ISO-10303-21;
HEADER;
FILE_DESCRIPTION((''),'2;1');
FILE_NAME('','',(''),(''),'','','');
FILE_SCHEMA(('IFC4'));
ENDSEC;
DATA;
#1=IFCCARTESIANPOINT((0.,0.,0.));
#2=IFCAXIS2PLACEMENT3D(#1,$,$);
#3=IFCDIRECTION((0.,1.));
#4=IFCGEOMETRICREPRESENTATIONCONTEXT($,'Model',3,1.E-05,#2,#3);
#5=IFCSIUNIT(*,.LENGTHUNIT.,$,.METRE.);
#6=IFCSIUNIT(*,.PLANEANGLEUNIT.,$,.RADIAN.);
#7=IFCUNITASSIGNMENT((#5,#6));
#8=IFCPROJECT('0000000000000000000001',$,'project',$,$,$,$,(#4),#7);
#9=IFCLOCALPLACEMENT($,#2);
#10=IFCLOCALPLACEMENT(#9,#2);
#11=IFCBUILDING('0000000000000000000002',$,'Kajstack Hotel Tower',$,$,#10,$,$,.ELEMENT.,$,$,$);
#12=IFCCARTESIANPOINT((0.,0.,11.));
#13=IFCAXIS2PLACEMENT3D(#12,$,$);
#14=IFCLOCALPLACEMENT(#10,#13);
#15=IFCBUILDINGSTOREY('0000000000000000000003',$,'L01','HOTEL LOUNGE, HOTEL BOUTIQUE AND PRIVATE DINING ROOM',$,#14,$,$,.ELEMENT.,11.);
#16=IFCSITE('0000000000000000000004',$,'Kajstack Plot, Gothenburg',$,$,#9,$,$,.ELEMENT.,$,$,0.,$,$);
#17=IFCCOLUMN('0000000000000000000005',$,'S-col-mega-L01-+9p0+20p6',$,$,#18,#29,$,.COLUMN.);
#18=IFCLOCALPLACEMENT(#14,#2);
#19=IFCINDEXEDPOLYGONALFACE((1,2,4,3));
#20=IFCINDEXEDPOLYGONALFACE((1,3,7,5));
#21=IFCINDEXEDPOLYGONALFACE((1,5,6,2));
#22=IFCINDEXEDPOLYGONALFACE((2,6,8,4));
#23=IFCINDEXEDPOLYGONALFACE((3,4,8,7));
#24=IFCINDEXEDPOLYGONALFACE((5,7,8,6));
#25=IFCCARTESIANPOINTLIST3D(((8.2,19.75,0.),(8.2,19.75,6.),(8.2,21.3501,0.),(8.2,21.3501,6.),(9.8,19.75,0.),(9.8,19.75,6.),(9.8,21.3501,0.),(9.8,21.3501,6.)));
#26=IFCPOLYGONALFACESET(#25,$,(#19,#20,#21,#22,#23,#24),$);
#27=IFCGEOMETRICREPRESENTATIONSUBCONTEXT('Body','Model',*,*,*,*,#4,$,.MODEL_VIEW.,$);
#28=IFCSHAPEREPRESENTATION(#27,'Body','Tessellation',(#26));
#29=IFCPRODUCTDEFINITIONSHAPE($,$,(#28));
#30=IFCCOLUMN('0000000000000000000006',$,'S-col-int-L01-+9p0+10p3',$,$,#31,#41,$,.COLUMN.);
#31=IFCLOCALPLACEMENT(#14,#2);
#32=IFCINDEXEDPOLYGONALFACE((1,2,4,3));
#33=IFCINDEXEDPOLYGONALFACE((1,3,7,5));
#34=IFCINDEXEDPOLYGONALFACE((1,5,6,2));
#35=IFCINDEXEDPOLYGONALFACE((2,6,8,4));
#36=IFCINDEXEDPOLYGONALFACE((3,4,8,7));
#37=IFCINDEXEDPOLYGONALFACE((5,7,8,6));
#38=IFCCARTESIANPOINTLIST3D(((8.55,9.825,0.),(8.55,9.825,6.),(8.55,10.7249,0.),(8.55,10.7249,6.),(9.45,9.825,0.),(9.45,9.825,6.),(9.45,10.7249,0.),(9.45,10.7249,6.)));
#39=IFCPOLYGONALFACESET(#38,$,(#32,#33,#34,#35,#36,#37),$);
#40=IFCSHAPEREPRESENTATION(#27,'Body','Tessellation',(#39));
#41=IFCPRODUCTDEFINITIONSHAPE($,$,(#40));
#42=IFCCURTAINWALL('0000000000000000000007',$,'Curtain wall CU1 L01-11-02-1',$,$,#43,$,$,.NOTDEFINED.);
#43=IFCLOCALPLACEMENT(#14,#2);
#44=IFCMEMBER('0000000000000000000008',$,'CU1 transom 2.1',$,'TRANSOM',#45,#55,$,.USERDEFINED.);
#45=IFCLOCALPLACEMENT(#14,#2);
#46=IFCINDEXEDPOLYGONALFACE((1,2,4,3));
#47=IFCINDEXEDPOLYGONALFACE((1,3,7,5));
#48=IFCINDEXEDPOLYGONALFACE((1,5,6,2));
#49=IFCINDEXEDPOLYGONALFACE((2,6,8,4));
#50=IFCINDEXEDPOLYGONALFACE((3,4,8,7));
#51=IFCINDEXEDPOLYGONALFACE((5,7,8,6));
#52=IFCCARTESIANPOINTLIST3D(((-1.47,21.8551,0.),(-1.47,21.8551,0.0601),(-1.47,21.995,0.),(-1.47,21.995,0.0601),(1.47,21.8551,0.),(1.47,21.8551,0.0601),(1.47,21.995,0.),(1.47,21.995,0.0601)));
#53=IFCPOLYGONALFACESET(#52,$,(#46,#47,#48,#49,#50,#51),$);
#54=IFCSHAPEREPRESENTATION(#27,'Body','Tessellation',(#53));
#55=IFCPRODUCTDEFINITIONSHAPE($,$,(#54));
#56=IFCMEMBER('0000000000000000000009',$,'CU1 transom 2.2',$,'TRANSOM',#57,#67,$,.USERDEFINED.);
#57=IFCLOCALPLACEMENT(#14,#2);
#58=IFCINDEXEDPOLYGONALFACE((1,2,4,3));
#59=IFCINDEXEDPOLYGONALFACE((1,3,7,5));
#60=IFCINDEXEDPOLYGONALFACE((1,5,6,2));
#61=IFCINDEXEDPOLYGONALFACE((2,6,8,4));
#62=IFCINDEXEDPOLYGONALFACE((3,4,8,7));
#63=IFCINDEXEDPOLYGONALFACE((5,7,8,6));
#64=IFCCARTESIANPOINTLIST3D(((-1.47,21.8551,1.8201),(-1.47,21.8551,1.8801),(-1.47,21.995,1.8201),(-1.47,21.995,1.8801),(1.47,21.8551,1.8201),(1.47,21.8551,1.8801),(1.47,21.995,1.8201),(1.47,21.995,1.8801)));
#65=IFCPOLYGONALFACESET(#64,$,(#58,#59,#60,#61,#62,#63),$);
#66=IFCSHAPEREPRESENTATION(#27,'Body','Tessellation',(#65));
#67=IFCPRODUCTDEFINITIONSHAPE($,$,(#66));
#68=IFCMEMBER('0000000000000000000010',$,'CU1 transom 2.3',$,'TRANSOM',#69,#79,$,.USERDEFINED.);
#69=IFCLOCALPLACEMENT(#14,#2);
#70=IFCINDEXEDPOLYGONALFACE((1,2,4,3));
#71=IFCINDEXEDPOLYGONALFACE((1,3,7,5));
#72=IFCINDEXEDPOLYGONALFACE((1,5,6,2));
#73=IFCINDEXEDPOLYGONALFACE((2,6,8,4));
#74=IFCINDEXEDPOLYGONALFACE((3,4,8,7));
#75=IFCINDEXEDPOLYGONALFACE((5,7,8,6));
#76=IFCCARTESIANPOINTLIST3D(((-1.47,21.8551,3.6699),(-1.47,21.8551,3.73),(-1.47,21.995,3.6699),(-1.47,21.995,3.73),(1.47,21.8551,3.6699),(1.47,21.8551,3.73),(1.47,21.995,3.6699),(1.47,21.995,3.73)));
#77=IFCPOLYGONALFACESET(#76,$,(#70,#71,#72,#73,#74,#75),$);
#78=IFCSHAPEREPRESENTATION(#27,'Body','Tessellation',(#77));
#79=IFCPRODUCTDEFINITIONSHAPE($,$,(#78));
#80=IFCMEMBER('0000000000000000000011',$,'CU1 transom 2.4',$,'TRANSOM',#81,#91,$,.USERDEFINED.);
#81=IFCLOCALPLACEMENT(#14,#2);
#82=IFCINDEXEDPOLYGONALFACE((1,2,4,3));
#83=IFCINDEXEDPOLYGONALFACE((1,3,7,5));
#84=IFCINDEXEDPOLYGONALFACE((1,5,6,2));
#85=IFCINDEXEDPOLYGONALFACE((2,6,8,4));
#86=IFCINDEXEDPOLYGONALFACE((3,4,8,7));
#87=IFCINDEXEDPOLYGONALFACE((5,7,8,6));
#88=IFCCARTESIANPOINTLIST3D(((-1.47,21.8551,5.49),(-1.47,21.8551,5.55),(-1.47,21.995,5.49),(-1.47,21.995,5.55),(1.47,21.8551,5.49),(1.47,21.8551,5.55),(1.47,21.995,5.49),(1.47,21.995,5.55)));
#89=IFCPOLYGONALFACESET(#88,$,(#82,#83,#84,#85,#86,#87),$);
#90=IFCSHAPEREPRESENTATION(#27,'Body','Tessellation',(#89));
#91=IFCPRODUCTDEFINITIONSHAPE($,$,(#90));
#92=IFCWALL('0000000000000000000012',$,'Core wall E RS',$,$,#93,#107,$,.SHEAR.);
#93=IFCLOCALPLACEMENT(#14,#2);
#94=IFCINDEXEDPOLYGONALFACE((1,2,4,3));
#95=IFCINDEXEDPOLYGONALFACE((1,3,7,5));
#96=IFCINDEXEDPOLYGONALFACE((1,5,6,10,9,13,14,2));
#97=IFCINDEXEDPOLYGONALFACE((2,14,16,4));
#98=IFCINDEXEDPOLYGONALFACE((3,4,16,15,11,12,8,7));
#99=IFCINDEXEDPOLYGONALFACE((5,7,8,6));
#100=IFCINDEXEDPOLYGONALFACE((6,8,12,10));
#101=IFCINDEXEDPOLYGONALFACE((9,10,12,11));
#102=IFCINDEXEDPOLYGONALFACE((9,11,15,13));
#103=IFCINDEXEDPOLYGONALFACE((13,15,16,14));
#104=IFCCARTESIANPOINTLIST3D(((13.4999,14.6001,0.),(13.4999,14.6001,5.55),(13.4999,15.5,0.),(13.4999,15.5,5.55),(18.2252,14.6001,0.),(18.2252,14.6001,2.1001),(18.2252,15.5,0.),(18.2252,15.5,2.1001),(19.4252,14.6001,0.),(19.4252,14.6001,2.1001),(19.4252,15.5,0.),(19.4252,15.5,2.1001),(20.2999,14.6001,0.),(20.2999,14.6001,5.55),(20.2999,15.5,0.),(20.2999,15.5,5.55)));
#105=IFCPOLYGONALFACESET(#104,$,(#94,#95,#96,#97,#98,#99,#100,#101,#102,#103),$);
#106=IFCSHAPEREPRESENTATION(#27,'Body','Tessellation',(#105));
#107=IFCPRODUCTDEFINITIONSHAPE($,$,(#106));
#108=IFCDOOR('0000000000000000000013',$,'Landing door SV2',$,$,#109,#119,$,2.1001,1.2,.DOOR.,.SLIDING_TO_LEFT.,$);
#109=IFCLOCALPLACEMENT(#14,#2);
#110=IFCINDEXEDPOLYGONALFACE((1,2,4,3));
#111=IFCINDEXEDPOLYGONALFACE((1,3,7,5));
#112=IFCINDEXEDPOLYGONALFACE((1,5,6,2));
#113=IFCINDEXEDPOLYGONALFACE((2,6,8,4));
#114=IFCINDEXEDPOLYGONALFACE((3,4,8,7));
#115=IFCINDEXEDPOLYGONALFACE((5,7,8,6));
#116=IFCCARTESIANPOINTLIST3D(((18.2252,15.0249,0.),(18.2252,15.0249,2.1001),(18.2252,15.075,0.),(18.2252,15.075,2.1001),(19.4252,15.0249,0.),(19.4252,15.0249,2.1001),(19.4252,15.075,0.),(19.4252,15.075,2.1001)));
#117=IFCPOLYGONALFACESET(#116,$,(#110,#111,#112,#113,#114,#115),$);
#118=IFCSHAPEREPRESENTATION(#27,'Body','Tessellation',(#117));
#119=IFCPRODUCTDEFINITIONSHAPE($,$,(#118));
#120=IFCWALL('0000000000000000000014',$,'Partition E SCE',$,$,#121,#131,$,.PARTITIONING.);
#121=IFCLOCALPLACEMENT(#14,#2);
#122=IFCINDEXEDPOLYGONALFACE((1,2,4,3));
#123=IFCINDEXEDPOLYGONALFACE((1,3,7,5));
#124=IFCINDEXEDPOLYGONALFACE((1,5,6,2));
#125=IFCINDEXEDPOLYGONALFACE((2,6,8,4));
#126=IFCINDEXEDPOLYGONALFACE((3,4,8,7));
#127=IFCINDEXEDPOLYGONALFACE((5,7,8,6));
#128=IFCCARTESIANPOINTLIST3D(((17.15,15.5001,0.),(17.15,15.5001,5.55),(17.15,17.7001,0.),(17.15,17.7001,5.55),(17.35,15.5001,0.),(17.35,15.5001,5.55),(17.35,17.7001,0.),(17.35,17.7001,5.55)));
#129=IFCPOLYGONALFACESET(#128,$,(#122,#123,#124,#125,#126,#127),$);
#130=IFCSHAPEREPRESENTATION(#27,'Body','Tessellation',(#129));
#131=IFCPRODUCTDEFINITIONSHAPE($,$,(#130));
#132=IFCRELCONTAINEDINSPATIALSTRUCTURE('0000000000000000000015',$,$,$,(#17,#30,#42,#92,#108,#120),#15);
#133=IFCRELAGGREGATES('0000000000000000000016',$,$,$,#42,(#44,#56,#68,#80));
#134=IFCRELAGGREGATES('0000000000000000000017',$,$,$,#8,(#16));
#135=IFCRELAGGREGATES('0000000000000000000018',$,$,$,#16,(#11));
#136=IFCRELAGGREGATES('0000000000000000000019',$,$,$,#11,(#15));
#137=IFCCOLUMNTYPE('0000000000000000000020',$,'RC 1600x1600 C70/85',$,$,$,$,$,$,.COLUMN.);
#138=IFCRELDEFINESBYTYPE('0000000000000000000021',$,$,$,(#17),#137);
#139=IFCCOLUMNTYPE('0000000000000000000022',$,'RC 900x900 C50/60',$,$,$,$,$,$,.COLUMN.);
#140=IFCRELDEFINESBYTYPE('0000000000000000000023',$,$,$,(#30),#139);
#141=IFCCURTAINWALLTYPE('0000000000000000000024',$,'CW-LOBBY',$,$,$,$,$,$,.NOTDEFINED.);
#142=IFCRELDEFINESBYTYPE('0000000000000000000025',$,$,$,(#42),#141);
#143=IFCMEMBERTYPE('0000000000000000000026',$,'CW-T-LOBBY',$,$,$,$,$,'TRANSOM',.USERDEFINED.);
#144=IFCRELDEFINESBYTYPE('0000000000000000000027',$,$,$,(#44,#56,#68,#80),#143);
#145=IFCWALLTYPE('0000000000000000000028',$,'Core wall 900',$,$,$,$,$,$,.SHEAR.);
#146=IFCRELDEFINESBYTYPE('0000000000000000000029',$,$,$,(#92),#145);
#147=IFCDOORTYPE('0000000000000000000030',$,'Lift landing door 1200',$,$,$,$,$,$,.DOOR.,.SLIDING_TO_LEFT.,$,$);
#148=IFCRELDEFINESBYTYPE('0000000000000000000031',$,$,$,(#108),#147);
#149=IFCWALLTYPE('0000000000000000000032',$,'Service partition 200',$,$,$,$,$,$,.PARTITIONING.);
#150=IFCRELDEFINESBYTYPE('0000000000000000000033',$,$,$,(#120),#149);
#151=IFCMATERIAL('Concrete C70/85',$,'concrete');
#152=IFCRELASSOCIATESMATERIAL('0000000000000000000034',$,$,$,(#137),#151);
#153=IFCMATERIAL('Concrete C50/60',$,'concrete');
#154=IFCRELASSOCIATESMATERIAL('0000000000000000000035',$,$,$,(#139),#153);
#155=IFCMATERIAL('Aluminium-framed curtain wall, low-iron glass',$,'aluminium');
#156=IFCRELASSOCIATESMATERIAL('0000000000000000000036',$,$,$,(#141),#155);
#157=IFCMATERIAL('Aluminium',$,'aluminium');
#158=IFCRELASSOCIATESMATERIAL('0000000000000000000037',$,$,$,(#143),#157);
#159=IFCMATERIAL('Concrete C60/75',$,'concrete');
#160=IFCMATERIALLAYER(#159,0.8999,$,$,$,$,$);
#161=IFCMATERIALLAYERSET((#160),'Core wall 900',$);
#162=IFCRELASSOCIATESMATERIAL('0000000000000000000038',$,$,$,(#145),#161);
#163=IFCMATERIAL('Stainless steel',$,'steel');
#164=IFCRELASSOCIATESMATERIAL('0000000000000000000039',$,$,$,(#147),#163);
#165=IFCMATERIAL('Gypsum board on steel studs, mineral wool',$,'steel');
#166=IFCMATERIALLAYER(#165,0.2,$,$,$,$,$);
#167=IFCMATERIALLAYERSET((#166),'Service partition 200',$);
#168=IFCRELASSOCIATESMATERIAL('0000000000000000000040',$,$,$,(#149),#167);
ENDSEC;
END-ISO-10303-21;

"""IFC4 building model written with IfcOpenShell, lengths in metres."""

from ifc_helpers import new_model, si_unit, direction, frame, frame_2d, origin, origin_2d, place, context, subcontext, project, spatial, rectangle, extrude, material, layer, layer_set, material_profile, profile_set, type_object, element, fill, aggregate, save


model = new_model("IFC4")

# Units and contexts
model_context = context("Model", 3, precision=1e-05, world=origin(), true_north=direction((0.0, 1.0)))
body_context = subcontext(model_context, "Body", "Model", "MODEL_VIEW")
ifc_project = project(units=[si_unit("LENGTHUNIT", "METRE"), si_unit("PLANEANGLEUNIT", "RADIAN")], contexts=[model_context])

# Site, building, storey
site_placement = place(None, origin())
site = spatial("IfcSite", under=ifc_project, at=site_placement, Name="Kajstack Plot, Gothenburg", CompositionType="ELEMENT", RefElevation=0.0)
building_placement = place(site_placement, origin())
building = spatial("IfcBuilding", under=site, at=building_placement, Name="Kajstack Hotel Tower", CompositionType="ELEMENT")
storey_placement = place(building_placement, frame((0.0, 0.0, 11.0)))
storey = spatial("IfcBuildingStorey", under=building, at=storey_placement, Name="L01", Description="HOTEL LOUNGE, HOTEL BOUTIQUE AND PRIVATE DINING ROOM", CompositionType="ELEMENT", Elevation=11.0)

# Columns
ifc_material_1 = material(Name="Concrete C70/85", Category="concrete")
ifc_material_profile_1 = material_profile(ifc_material_1, rectangle(XDim=1.6001, YDim=1.6001, at=origin_2d()), Name="RC 1600x1600")
ifc_profile_set_1 = profile_set([ifc_material_profile_1], Name="Concrete C70/85")
column_type_1 = type_object("IfcColumnType", Name="RC 1600x1600 C70/85", PredefinedType="COLUMN", material=ifc_profile_set_1)
column_1_placement = place(storey_placement, frame((9.0, 20.55, 0.0), z_axis=(0.0, 0.0, 1.0), x_axis=(1.0, 0.0, 0.0)))
element("IfcColumn", 1, at=column_1_placement, inside=storey, type_object=column_type_1, Name="S-col-mega-L01-+9p0+20p6", PredefinedType="COLUMN", context=body_context, shape_type="SweptSolid", body=[
    extrude(rectangle(XDim=1.6001, YDim=1.6001, at=origin_2d()), origin(), (0.0, 0.0, 1.0), 6.0),
])
ifc_material_2 = material(Name="Concrete C50/60", Category="concrete")
ifc_material_profile_2 = material_profile(ifc_material_2, rectangle(XDim=0.8999, YDim=0.8999, at=origin_2d()), Name="RC 900x900")
ifc_profile_set_2 = profile_set([ifc_material_profile_2], Name="Concrete C50/60")
column_type_2 = type_object("IfcColumnType", Name="RC 900x900 C50/60", PredefinedType="COLUMN", material=ifc_profile_set_2)
column_2_placement = place(storey_placement, frame((9.0, 10.2749, 0.0), z_axis=(0.0, 0.0, 1.0), x_axis=(1.0, 0.0, 0.0)))
element("IfcColumn", 2, at=column_2_placement, inside=storey, type_object=column_type_2, Name="S-col-int-L01-+9p0+10p3", PredefinedType="COLUMN", context=body_context, shape_type="SweptSolid", body=[
    extrude(rectangle(XDim=0.8999, YDim=0.8999, at=origin_2d()), origin(), (0.0, 0.0, 1.0), 6.0),
])

# Curtain wall, members
ifc_material_3 = material(Name="Aluminium-framed curtain wall, low-iron glass", Category="aluminium")
curtain_wall_type = type_object("IfcCurtainWallType", Name="CW-LOBBY", PredefinedType="NOTDEFINED", material=ifc_material_3)
curtain_wall_placement = place(storey_placement, origin())
curtain_wall = element("IfcCurtainWall", 3, at=curtain_wall_placement, inside=storey, type_object=curtain_wall_type, Name="Curtain wall CU1 L01-11-02-1", PredefinedType="NOTDEFINED")
ifc_material_4 = material(Name="Aluminium", Category="aluminium")
ifc_material_profile_3 = material_profile(ifc_material_4, rectangle(XDim=0.1399, YDim=0.0601, at=origin_2d()), Name="Aluminium transom 140 x 60")
ifc_profile_set_3 = profile_set([ifc_material_profile_3], Name="Aluminium")
member_type = type_object("IfcMemberType", Name="CW-T-LOBBY", ElementType="TRANSOM", PredefinedType="USERDEFINED", material=ifc_profile_set_3)
member_1_placement = place(storey_placement, frame((1.47, 21.925, 0.03), z_axis=(-1.0, 0.0, 0.0), x_axis=(0.0, -1.0, 0.0)))
member_1 = element("IfcMember", 4, at=member_1_placement, type_object=member_type, Name="CU1 transom 2.1", ObjectType="TRANSOM", PredefinedType="USERDEFINED", context=body_context, shape_type="SweptSolid", body=[
    extrude(rectangle(XDim=0.1399, YDim=0.0601, at=origin_2d()), origin(), (0.0, 0.0, 1.0), 2.9399),
])
member_2_placement = place(storey_placement, frame((1.47, 21.925, 1.8501), z_axis=(-1.0, 0.0, 0.0), x_axis=(0.0, -1.0, 0.0)))
member_2 = element("IfcMember", 5, at=member_2_placement, type_object=member_type, Name="CU1 transom 2.2", ObjectType="TRANSOM", PredefinedType="USERDEFINED", context=body_context, shape_type="SweptSolid", body=[
    extrude(rectangle(XDim=0.1399, YDim=0.0601, at=origin_2d()), origin(), (0.0, 0.0, 1.0), 2.9399),
])
member_3_placement = place(storey_placement, frame((1.47, 21.925, 3.7), z_axis=(-1.0, 0.0, 0.0), x_axis=(0.0, -1.0, 0.0)))
member_3 = element("IfcMember", 6, at=member_3_placement, type_object=member_type, Name="CU1 transom 2.3", ObjectType="TRANSOM", PredefinedType="USERDEFINED", context=body_context, shape_type="SweptSolid", body=[
    extrude(rectangle(XDim=0.1399, YDim=0.0601, at=origin_2d()), origin(), (0.0, 0.0, 1.0), 2.9399),
])
member_4_placement = place(storey_placement, frame((1.47, 21.925, 5.52), z_axis=(-1.0, 0.0, 0.0), x_axis=(0.0, -1.0, 0.0)))
member_4 = element("IfcMember", 7, at=member_4_placement, type_object=member_type, Name="CU1 transom 2.4", ObjectType="TRANSOM", PredefinedType="USERDEFINED", context=body_context, shape_type="SweptSolid", body=[
    extrude(rectangle(XDim=0.1399, YDim=0.0601, at=origin_2d()), origin(), (0.0, 0.0, 1.0), 2.9399),
])
aggregate(curtain_wall, [member_1, member_2, member_3, member_4])

# Wall, opening, door
ifc_material_5 = material(Name="Concrete C60/75", Category="concrete")
ifc_layer_1 = layer(ifc_material_5, 0.8999)
ifc_layer_set_1 = layer_set([ifc_layer_1], Name="Core wall 900")
wall_type_1 = type_object("IfcWallType", Name="Core wall 900", PredefinedType="SHEAR", material=ifc_layer_set_1)
wall_1_placement = place(storey_placement, frame((13.5, 15.05, 0.0), z_axis=(0.0, 0.0, 1.0), x_axis=(1.0, 0.0, 0.0)))
wall_1 = element("IfcWall", 8, at=wall_1_placement, inside=storey, type_object=wall_type_1, Name="Core wall E RS", PredefinedType="SHEAR", context=body_context, shape_type="SweptSolid", body=[
    extrude(rectangle(XDim=6.8, YDim=0.8999, at=frame_2d((3.3999, 0.0))), origin(), (0.0, 0.0, 1.0), 5.55),
])
opening_1_placement = place(wall_1_placement, frame((4.7251, 0.0, 0.0)))
opening_1 = element("IfcOpeningElement", 9, at=opening_1_placement, cuts=wall_1, PredefinedType="OPENING", context=body_context, shape_type="SweptSolid", body=[
    extrude(rectangle(XDim=1.2, YDim=2.1001, at=frame_2d((0.6001, 1.05))), frame((0.0, 0.46, 0.0), z_axis=(0.0, -1.0, 0.0), x_axis=(1.0, 0.0, 0.0)), (0.0, 0.0, 1.0), 0.9199),
])
ifc_material_6 = material(Name="Stainless steel", Category="steel")
door_type_1 = type_object("IfcDoorType", Name="Lift landing door 1200", OperationType="SLIDING_TO_LEFT", PredefinedType="DOOR", material=ifc_material_6)
door_1_placement = place(opening_1_placement, origin())
door_1 = element("IfcDoor", 10, at=door_1_placement, inside=storey, type_object=door_type_1, Name="Landing door SV2", OperationType="SLIDING_TO_LEFT", OverallHeight=2.1001, OverallWidth=1.2, PredefinedType="DOOR", context=body_context, shape_type="SweptSolid", body=[
    extrude(rectangle(XDim=1.2, YDim=2.1001, at=frame_2d((0.6001, 1.05))), frame((0.0, 0.0249, 0.0), z_axis=(0.0, -1.0, 0.0), x_axis=(1.0, 0.0, 0.0)), (0.0, 0.0, 1.0), 0.05),
])
fill(opening_1, door_1)

# Wall
ifc_material_7 = material(Name="Gypsum board on steel studs, mineral wool", Category="steel")
ifc_layer_2 = layer(ifc_material_7, 0.2)
ifc_layer_set_2 = layer_set([ifc_layer_2], Name="Service partition 200")
wall_type_2 = type_object("IfcWallType", Name="Service partition 200", PredefinedType="PARTITIONING", material=ifc_layer_set_2)
wall_2_placement = place(storey_placement, frame((17.25, 15.5, 0.0), z_axis=(0.0, 0.0, 1.0), x_axis=(0.0, 1.0, 0.0)))
element("IfcWall", 11, at=wall_2_placement, inside=storey, type_object=wall_type_2, Name="Partition E SCE", PredefinedType="PARTITIONING", context=body_context, shape_type="SweptSolid", body=[
    extrude(rectangle(XDim=2.2, YDim=0.2, at=frame_2d((1.1001, 0.0))), origin(), (0.0, 0.0, 1.0), 5.55),
])

save(model, "model.ifc")
